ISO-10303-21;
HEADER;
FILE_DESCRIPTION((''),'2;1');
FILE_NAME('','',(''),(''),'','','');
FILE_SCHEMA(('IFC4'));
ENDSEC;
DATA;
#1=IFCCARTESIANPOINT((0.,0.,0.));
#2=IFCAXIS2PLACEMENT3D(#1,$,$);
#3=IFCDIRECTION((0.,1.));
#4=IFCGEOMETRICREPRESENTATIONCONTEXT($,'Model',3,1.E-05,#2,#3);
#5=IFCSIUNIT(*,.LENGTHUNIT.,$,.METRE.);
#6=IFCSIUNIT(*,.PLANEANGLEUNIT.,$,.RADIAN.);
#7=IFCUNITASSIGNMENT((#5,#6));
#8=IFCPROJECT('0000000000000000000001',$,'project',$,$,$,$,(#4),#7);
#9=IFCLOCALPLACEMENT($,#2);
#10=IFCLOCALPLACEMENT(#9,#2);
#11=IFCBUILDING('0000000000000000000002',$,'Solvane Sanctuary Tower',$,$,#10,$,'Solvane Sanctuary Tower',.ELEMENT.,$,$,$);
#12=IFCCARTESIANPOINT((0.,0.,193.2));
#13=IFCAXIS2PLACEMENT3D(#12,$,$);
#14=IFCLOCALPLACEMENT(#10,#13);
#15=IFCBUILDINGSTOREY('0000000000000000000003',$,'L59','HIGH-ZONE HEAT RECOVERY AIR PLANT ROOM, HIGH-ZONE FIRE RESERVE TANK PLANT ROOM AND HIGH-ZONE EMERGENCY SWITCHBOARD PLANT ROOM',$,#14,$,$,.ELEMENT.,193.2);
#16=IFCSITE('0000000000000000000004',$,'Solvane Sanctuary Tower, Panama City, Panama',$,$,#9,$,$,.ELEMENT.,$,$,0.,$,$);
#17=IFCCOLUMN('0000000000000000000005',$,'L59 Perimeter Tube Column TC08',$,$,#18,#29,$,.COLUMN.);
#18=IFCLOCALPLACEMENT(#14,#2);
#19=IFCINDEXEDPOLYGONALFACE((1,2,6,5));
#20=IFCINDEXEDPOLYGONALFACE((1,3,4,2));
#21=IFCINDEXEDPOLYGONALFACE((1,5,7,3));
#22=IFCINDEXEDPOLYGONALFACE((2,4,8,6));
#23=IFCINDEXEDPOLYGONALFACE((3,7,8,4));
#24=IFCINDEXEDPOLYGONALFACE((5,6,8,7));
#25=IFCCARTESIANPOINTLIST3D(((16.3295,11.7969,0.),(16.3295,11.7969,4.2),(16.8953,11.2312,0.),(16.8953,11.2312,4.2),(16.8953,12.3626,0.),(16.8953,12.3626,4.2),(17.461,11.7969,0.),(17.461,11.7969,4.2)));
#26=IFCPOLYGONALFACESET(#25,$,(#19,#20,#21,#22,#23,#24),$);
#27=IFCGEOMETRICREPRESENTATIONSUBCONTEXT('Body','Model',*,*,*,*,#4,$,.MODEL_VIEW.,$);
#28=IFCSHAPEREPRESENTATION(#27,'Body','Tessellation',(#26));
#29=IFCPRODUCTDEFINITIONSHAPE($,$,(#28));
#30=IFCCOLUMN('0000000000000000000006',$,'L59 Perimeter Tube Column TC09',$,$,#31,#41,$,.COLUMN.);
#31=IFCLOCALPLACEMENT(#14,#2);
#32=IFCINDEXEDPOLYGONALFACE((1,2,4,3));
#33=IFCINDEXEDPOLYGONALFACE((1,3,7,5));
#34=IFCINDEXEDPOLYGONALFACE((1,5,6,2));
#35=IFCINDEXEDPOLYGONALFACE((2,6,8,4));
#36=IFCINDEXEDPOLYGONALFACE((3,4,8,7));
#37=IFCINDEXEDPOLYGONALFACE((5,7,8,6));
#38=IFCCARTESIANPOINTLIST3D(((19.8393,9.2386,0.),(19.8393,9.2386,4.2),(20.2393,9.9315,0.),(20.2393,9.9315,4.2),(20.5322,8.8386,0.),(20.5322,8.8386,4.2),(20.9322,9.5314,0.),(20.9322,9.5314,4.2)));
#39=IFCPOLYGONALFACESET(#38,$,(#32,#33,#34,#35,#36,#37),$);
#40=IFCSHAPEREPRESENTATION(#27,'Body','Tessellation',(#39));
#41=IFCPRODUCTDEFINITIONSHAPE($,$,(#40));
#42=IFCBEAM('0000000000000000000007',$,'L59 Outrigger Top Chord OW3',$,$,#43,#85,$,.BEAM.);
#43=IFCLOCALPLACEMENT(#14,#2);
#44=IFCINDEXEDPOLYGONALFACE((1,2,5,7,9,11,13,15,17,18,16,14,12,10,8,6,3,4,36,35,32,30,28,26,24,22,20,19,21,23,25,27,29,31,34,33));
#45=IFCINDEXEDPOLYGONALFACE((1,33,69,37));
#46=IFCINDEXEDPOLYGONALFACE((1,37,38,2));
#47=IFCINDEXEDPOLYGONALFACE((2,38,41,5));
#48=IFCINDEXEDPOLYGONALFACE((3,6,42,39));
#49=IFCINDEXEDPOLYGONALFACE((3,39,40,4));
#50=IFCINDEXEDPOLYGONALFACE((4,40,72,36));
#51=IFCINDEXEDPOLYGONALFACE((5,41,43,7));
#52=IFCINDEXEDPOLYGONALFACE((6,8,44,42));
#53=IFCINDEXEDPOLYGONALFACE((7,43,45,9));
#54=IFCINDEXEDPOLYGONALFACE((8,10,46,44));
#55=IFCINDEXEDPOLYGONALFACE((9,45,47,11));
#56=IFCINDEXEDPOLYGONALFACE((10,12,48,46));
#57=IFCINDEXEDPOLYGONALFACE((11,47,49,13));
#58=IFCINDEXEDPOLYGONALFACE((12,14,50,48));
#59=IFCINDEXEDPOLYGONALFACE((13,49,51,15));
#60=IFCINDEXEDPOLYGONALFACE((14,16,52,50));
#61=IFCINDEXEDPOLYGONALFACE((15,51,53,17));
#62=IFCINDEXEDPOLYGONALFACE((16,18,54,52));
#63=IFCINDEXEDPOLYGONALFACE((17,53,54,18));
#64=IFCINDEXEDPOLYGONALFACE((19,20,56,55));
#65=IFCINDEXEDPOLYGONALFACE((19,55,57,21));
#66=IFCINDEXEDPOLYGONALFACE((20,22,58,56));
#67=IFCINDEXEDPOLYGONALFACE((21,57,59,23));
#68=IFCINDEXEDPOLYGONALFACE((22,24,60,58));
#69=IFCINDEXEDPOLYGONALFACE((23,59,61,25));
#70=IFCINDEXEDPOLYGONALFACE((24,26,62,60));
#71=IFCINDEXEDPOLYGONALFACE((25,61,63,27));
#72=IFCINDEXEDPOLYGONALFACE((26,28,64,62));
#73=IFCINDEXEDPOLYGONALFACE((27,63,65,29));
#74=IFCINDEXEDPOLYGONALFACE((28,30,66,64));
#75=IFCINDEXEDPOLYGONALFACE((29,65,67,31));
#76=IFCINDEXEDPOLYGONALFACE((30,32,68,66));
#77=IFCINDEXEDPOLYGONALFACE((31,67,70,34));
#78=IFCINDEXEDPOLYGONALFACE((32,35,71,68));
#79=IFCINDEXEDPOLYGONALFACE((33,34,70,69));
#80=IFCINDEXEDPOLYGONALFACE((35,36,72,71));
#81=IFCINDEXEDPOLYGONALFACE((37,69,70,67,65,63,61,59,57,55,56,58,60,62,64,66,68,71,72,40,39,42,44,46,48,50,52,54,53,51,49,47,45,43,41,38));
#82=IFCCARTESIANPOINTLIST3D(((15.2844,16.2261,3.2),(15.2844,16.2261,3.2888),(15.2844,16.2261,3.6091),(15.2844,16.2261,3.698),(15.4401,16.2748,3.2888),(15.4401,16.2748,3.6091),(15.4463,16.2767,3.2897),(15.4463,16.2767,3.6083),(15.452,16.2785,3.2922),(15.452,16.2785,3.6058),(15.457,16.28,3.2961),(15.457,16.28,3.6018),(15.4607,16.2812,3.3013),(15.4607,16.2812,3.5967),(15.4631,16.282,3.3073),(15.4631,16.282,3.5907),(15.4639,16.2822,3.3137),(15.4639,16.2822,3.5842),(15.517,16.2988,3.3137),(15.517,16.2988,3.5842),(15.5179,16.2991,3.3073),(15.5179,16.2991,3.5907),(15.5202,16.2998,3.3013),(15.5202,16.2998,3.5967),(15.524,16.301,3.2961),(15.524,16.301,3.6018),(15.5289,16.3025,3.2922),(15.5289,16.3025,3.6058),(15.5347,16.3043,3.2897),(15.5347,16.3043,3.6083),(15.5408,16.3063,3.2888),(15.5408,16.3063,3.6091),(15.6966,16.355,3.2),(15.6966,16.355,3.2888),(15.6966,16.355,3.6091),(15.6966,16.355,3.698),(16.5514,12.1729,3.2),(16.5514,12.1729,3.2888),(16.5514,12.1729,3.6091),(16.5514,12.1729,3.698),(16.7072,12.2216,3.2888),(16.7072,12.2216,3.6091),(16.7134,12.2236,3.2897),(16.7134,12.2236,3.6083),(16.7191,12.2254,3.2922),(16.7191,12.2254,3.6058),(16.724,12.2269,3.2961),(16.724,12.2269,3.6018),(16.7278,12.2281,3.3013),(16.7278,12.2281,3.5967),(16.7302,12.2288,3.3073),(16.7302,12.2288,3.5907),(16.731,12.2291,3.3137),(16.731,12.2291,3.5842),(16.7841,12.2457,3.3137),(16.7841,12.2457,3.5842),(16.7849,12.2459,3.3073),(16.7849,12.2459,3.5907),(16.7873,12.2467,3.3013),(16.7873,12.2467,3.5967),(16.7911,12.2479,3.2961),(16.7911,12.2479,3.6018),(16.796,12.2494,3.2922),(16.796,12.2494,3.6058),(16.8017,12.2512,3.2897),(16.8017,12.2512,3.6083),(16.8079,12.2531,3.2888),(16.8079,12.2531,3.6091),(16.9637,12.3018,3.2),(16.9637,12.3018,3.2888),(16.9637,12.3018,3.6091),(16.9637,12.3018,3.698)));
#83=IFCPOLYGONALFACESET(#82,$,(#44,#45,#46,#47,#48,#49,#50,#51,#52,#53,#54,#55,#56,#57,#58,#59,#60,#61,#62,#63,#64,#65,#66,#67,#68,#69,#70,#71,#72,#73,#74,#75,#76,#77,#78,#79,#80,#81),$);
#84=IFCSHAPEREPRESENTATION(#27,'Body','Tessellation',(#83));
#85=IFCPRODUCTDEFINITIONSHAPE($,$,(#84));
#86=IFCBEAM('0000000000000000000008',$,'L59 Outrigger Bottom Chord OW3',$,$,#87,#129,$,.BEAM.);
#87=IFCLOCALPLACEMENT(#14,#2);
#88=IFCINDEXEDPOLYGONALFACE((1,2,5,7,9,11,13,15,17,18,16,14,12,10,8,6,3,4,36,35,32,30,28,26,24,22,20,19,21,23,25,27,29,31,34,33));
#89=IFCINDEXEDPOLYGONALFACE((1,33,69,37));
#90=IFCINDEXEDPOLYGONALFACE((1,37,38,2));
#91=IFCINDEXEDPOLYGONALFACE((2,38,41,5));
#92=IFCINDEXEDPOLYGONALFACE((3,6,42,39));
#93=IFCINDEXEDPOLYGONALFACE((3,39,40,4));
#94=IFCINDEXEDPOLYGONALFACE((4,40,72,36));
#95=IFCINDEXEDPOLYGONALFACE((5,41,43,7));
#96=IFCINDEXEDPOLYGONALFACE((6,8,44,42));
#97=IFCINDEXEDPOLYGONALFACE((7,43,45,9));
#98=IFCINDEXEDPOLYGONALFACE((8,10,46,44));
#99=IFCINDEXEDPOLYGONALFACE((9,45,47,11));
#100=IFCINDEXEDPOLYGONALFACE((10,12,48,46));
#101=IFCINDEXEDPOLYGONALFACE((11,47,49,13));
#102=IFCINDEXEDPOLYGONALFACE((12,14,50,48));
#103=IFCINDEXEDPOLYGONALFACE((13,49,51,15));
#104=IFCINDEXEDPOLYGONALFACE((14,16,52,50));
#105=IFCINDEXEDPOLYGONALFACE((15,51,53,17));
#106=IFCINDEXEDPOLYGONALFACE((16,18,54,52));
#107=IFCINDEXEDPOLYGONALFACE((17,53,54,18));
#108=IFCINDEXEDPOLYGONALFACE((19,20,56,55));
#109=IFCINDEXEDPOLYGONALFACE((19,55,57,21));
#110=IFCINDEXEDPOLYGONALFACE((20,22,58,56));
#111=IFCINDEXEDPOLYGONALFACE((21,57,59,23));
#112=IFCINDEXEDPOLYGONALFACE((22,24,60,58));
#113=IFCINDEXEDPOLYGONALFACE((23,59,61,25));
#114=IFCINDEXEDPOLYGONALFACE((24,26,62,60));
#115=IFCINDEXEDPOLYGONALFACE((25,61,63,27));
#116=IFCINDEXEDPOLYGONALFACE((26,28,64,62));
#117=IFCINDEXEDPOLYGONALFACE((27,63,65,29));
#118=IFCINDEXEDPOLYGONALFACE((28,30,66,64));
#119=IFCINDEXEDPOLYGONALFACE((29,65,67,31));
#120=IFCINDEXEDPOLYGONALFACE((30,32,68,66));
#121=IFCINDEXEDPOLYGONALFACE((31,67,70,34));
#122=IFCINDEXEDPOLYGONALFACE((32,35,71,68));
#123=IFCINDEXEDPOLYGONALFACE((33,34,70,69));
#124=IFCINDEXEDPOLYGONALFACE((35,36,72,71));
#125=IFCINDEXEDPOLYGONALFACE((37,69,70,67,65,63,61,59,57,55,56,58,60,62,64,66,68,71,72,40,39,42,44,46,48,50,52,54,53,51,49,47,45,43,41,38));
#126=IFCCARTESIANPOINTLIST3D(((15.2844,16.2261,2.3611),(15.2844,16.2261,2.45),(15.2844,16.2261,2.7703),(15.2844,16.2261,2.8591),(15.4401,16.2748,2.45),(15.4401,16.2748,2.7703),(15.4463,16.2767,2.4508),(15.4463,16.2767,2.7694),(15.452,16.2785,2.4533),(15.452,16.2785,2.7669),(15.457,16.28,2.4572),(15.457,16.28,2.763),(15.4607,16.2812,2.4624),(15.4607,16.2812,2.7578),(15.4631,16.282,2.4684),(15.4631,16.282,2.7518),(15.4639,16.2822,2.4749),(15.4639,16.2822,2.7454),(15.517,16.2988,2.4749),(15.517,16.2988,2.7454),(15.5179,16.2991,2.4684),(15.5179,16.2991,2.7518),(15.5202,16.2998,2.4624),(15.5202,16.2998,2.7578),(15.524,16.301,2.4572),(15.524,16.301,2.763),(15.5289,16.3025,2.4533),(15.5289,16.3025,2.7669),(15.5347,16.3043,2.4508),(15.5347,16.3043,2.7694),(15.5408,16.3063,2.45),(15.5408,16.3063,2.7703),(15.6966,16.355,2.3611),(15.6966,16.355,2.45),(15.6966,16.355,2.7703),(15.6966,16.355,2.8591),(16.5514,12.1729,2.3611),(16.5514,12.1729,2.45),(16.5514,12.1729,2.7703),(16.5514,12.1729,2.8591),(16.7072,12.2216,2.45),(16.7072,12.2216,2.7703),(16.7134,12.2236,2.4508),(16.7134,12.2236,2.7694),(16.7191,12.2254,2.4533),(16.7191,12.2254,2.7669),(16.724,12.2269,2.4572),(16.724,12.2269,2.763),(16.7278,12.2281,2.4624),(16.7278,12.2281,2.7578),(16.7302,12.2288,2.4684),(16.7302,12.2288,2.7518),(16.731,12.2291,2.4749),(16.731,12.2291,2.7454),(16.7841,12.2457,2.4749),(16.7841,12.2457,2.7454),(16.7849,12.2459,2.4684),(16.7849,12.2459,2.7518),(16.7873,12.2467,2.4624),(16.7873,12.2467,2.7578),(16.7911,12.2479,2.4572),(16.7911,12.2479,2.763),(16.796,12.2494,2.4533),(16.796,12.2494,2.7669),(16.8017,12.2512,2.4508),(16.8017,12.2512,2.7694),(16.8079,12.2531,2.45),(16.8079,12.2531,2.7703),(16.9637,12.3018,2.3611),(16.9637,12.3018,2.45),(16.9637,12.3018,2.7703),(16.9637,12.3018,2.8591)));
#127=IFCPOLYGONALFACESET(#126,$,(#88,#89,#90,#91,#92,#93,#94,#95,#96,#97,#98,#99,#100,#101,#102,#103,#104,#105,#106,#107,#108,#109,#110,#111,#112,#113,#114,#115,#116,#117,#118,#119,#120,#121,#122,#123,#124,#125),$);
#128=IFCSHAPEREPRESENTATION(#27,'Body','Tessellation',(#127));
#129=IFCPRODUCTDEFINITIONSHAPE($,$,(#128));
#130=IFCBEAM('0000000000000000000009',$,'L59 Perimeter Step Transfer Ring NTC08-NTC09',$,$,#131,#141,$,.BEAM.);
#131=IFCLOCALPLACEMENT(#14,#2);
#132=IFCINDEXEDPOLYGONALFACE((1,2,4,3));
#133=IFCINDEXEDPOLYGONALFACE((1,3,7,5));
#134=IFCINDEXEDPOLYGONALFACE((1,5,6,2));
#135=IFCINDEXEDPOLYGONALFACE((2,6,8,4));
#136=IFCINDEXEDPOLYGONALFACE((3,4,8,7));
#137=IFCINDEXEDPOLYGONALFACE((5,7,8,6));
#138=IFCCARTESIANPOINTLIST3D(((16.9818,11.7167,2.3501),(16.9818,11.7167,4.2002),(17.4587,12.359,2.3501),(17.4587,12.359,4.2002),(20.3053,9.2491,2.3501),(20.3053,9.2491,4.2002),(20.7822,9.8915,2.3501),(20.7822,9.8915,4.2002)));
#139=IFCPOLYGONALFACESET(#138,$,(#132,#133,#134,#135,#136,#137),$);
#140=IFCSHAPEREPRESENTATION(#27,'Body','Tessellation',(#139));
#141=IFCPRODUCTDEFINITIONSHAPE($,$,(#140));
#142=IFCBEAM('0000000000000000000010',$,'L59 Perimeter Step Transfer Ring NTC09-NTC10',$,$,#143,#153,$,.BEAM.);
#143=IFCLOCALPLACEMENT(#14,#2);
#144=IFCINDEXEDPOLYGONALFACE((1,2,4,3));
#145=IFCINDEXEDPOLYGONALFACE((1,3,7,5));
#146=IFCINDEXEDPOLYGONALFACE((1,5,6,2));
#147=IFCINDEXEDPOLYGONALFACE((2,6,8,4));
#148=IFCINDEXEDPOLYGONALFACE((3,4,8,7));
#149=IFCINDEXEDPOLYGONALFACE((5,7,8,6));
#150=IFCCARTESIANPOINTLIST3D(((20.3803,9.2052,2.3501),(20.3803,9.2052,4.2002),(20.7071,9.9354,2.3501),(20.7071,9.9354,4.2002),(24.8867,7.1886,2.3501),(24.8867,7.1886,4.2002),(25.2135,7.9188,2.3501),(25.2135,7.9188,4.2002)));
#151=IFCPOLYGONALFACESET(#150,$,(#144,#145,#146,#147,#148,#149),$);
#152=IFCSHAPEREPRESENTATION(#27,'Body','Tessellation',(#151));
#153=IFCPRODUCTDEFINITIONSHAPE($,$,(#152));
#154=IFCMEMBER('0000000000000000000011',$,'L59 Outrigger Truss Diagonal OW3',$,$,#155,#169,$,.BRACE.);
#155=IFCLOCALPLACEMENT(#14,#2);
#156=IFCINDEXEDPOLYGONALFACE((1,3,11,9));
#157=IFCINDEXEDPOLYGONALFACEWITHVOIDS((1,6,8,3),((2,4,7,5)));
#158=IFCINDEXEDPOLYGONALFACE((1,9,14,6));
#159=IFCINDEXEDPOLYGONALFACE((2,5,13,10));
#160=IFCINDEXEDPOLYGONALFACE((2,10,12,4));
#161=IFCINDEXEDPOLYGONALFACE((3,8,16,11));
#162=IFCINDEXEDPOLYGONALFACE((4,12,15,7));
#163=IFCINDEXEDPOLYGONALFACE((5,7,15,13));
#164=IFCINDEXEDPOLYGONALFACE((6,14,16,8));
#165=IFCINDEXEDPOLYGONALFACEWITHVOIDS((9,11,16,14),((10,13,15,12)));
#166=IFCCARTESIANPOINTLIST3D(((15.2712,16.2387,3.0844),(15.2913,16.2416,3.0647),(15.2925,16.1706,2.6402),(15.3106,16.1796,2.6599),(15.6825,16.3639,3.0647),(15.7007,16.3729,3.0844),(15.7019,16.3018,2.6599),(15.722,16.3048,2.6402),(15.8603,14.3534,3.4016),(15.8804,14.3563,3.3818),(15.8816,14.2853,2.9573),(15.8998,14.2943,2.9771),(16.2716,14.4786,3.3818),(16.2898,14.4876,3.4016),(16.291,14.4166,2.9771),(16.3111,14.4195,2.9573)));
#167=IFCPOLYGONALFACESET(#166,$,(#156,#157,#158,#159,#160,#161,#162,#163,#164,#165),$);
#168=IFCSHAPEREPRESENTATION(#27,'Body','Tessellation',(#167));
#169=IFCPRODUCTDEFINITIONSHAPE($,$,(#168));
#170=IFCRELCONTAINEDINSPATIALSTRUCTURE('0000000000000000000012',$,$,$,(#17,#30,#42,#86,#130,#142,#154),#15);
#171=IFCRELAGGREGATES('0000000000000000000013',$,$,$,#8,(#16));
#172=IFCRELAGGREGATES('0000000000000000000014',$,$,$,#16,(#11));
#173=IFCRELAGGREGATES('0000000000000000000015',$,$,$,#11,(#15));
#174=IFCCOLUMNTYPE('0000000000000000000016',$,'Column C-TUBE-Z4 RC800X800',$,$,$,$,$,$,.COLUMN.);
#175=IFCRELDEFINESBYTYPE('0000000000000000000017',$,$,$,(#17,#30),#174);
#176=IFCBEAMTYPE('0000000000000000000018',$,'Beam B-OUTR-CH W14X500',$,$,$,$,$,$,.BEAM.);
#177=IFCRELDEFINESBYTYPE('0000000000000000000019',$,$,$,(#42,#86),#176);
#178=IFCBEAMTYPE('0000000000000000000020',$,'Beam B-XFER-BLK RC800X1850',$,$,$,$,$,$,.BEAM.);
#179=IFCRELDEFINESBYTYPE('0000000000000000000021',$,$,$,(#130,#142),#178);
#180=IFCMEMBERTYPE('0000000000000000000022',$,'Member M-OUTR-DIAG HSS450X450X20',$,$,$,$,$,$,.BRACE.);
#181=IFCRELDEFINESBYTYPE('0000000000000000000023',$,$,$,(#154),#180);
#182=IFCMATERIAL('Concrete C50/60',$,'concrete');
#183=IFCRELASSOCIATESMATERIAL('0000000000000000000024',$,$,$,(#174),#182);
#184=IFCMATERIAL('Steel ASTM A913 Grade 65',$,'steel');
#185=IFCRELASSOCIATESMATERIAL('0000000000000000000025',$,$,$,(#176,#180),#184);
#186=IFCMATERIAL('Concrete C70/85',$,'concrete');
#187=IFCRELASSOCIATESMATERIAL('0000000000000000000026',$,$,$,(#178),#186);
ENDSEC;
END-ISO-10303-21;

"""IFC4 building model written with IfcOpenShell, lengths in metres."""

from ifc_helpers import new_model, si_unit, direction, frame, origin, origin_2d, place, context, subcontext, project, spatial, rectangle, hollow_rectangle, i_section, extrude, material, material_profile, profile_set, type_object, element, save


model = new_model("IFC4")

# Units and contexts
model_context = context("Model", 3, precision=1e-05, world=origin(), true_north=direction((0.0, 1.0)))
body_context = subcontext(model_context, "Body", "Model", "MODEL_VIEW")
ifc_project = project(units=[si_unit("LENGTHUNIT", "METRE"), si_unit("PLANEANGLEUNIT", "RADIAN")], contexts=[model_context])

# Site, building, storey
site_placement = place(None, origin())
site = spatial("IfcSite", under=ifc_project, at=site_placement, Name="Solvane Sanctuary Tower, Panama City, Panama", CompositionType="ELEMENT", RefElevation=0.0)
building_placement = place(site_placement, origin())
building = spatial("IfcBuilding", under=site, at=building_placement, Name="Solvane Sanctuary Tower", LongName="Solvane Sanctuary Tower", CompositionType="ELEMENT")
storey_placement = place(building_placement, frame((0.0, 0.0, 193.2)))
storey = spatial("IfcBuildingStorey", under=building, at=storey_placement, Name="L59", Description="HIGH-ZONE HEAT RECOVERY AIR PLANT ROOM, HIGH-ZONE FIRE RESERVE TANK PLANT ROOM AND HIGH-ZONE EMERGENCY SWITCHBOARD PLANT ROOM", CompositionType="ELEMENT", Elevation=193.2)

# Columns
ifc_material_1 = material(Name="Concrete C50/60", Category="concrete")
ifc_material_profile_1 = material_profile(ifc_material_1, rectangle(XDim=0.8, YDim=0.8, at=origin_2d()), Name="RC800X800")
ifc_profile_set_1 = profile_set([ifc_material_profile_1], Name="Concrete C50/60")
column_type = type_object("IfcColumnType", Name="Column C-TUBE-Z4 RC800X800", PredefinedType="COLUMN", material=ifc_profile_set_1)
for number, where, z_axis, x_axis, name in (
    (1, (16.8953, 11.7969, 0.0), (0.0, 0.0, 1.0), (-0.707107, -0.707107, 0.0), "L59 Perimeter Tube Column TC08"),
    (2, (20.3857, 9.385, 0.0), (0.0, 0.0, 1.0), (-0.5, -0.866025, 0.0), "L59 Perimeter Tube Column TC09"),
):
    element("IfcColumn", number, at=place(storey_placement, frame(where, z_axis=z_axis, x_axis=x_axis)), inside=storey, type_object=column_type, Name=name, PredefinedType="COLUMN", context=body_context, shape_type="SweptSolid", body=[
        extrude(rectangle(XDim=0.8, YDim=0.8, at=origin_2d()), origin(), (0.0, 0.0, 1.0), 4.2),
    ])

# Beams
ifc_material_2 = material(Name="Steel ASTM A913 Grade 65", Category="steel")
ifc_material_profile_2 = material_profile(ifc_material_2, i_section(OverallWidth=0.4319, OverallDepth=0.498, WebThickness=0.0557, FlangeThickness=0.0889, FilletRadius=0.0249, at=origin_2d()), Name="W14X500")
ifc_profile_set_2 = profile_set([ifc_material_profile_2], Name="Steel ASTM A913 Grade 65")
beam_type_1 = type_object("IfcBeamType", Name="Beam B-OUTR-CH W14X500", PredefinedType="BEAM", material=ifc_profile_set_2)
for number, where, z_axis, x_axis, name in (
    (3, (15.4905, 16.2905, 3.449), (0.298373, -0.954449, 0.0), (0.954449, 0.298373, 0.0), "L59 Outrigger Top Chord OW3"),
    (4, (15.4905, 16.2905, 2.6101), (0.298373, -0.954449, 0.0), (0.954449, 0.298373, 0.0), "L59 Outrigger Bottom Chord OW3"),
):
    element("IfcBeam", number, at=place(storey_placement, frame(where, z_axis=z_axis, x_axis=x_axis)), inside=storey, type_object=beam_type_1, Name=name, PredefinedType="BEAM", context=body_context, shape_type="SweptSolid", body=[
        extrude(i_section(OverallWidth=0.4319, OverallDepth=0.498, WebThickness=0.0557, FlangeThickness=0.0889, FilletRadius=0.0249, at=origin_2d()), origin(), (0.0, 0.0, 1.0), 4.2466),
    ])
ifc_material_3 = material(Name="Concrete C70/85", Category="concrete")
ifc_material_profile_3 = material_profile(ifc_material_3, rectangle(XDim=0.8, YDim=1.8501, at=origin_2d()), Name="RC800X1850")
ifc_profile_set_3 = profile_set([ifc_material_profile_3], Name="Concrete C70/85")
beam_type_2 = type_object("IfcBeamType", Name="Beam B-XFER-BLK RC800X1850", PredefinedType="BEAM", material=ifc_profile_set_3)
beam_1_placement = place(storey_placement, frame((17.2202, 12.0378, 3.2751), z_axis=(0.8029, -0.596114, 0.0), x_axis=(0.596114, 0.8029, 0.0)))
element("IfcBeam", 5, at=beam_1_placement, inside=storey, type_object=beam_type_2, Name="L59 Perimeter Step Transfer Ring NTC08-NTC09", PredefinedType="BEAM", context=body_context, shape_type="SweptSolid", body=[
    extrude(rectangle(XDim=0.8, YDim=1.8501, at=origin_2d()), origin(), (0.0, 0.0, 1.0), 4.1394),
])
beam_2_placement = place(storey_placement, frame((20.5437, 9.5703, 3.2751), z_axis=(0.912773, -0.408468, 0.0), x_axis=(0.408468, 0.912773, 0.0)))
element("IfcBeam", 6, at=beam_2_placement, inside=storey, type_object=beam_type_2, Name="L59 Perimeter Step Transfer Ring NTC09-NTC10", PredefinedType="BEAM", context=body_context, shape_type="SweptSolid", body=[
    extrude(rectangle(XDim=0.8, YDim=1.8501, at=origin_2d()), origin(), (0.0, 0.0, 1.0), 4.937),
])

# Member
ifc_material_profile_4 = material_profile(ifc_material_2, hollow_rectangle(XDim=0.45, YDim=0.45, WallThickness=0.02, at=origin_2d()), Name="HSS450X450X20")
ifc_profile_set_4 = profile_set([ifc_material_profile_4], Name="Steel ASTM A913 Grade 65")
member_type_1 = type_object("IfcMemberType", Name="Member M-OUTR-DIAG HSS450X450X20", PredefinedType="BRACE", material=ifc_profile_set_4)
member_1_placement = place(storey_placement, frame((15.4966, 16.2717, 2.8623), z_axis=(0.294489, -0.942414, 0.158533), x_axis=(0.954484, 0.298261, 0.0)))
element("IfcMember", 7, at=member_1_placement, inside=storey, type_object=member_type_1, Name="L59 Outrigger Truss Diagonal OW3", PredefinedType="BRACE", context=body_context, shape_type="SweptSolid", body=[
    extrude(hollow_rectangle(XDim=0.45, YDim=0.45, WallThickness=0.02, at=origin_2d()), origin(), (0.0, 0.0, 1.0), 2.0005),
])

save(model, "model.ifc")
